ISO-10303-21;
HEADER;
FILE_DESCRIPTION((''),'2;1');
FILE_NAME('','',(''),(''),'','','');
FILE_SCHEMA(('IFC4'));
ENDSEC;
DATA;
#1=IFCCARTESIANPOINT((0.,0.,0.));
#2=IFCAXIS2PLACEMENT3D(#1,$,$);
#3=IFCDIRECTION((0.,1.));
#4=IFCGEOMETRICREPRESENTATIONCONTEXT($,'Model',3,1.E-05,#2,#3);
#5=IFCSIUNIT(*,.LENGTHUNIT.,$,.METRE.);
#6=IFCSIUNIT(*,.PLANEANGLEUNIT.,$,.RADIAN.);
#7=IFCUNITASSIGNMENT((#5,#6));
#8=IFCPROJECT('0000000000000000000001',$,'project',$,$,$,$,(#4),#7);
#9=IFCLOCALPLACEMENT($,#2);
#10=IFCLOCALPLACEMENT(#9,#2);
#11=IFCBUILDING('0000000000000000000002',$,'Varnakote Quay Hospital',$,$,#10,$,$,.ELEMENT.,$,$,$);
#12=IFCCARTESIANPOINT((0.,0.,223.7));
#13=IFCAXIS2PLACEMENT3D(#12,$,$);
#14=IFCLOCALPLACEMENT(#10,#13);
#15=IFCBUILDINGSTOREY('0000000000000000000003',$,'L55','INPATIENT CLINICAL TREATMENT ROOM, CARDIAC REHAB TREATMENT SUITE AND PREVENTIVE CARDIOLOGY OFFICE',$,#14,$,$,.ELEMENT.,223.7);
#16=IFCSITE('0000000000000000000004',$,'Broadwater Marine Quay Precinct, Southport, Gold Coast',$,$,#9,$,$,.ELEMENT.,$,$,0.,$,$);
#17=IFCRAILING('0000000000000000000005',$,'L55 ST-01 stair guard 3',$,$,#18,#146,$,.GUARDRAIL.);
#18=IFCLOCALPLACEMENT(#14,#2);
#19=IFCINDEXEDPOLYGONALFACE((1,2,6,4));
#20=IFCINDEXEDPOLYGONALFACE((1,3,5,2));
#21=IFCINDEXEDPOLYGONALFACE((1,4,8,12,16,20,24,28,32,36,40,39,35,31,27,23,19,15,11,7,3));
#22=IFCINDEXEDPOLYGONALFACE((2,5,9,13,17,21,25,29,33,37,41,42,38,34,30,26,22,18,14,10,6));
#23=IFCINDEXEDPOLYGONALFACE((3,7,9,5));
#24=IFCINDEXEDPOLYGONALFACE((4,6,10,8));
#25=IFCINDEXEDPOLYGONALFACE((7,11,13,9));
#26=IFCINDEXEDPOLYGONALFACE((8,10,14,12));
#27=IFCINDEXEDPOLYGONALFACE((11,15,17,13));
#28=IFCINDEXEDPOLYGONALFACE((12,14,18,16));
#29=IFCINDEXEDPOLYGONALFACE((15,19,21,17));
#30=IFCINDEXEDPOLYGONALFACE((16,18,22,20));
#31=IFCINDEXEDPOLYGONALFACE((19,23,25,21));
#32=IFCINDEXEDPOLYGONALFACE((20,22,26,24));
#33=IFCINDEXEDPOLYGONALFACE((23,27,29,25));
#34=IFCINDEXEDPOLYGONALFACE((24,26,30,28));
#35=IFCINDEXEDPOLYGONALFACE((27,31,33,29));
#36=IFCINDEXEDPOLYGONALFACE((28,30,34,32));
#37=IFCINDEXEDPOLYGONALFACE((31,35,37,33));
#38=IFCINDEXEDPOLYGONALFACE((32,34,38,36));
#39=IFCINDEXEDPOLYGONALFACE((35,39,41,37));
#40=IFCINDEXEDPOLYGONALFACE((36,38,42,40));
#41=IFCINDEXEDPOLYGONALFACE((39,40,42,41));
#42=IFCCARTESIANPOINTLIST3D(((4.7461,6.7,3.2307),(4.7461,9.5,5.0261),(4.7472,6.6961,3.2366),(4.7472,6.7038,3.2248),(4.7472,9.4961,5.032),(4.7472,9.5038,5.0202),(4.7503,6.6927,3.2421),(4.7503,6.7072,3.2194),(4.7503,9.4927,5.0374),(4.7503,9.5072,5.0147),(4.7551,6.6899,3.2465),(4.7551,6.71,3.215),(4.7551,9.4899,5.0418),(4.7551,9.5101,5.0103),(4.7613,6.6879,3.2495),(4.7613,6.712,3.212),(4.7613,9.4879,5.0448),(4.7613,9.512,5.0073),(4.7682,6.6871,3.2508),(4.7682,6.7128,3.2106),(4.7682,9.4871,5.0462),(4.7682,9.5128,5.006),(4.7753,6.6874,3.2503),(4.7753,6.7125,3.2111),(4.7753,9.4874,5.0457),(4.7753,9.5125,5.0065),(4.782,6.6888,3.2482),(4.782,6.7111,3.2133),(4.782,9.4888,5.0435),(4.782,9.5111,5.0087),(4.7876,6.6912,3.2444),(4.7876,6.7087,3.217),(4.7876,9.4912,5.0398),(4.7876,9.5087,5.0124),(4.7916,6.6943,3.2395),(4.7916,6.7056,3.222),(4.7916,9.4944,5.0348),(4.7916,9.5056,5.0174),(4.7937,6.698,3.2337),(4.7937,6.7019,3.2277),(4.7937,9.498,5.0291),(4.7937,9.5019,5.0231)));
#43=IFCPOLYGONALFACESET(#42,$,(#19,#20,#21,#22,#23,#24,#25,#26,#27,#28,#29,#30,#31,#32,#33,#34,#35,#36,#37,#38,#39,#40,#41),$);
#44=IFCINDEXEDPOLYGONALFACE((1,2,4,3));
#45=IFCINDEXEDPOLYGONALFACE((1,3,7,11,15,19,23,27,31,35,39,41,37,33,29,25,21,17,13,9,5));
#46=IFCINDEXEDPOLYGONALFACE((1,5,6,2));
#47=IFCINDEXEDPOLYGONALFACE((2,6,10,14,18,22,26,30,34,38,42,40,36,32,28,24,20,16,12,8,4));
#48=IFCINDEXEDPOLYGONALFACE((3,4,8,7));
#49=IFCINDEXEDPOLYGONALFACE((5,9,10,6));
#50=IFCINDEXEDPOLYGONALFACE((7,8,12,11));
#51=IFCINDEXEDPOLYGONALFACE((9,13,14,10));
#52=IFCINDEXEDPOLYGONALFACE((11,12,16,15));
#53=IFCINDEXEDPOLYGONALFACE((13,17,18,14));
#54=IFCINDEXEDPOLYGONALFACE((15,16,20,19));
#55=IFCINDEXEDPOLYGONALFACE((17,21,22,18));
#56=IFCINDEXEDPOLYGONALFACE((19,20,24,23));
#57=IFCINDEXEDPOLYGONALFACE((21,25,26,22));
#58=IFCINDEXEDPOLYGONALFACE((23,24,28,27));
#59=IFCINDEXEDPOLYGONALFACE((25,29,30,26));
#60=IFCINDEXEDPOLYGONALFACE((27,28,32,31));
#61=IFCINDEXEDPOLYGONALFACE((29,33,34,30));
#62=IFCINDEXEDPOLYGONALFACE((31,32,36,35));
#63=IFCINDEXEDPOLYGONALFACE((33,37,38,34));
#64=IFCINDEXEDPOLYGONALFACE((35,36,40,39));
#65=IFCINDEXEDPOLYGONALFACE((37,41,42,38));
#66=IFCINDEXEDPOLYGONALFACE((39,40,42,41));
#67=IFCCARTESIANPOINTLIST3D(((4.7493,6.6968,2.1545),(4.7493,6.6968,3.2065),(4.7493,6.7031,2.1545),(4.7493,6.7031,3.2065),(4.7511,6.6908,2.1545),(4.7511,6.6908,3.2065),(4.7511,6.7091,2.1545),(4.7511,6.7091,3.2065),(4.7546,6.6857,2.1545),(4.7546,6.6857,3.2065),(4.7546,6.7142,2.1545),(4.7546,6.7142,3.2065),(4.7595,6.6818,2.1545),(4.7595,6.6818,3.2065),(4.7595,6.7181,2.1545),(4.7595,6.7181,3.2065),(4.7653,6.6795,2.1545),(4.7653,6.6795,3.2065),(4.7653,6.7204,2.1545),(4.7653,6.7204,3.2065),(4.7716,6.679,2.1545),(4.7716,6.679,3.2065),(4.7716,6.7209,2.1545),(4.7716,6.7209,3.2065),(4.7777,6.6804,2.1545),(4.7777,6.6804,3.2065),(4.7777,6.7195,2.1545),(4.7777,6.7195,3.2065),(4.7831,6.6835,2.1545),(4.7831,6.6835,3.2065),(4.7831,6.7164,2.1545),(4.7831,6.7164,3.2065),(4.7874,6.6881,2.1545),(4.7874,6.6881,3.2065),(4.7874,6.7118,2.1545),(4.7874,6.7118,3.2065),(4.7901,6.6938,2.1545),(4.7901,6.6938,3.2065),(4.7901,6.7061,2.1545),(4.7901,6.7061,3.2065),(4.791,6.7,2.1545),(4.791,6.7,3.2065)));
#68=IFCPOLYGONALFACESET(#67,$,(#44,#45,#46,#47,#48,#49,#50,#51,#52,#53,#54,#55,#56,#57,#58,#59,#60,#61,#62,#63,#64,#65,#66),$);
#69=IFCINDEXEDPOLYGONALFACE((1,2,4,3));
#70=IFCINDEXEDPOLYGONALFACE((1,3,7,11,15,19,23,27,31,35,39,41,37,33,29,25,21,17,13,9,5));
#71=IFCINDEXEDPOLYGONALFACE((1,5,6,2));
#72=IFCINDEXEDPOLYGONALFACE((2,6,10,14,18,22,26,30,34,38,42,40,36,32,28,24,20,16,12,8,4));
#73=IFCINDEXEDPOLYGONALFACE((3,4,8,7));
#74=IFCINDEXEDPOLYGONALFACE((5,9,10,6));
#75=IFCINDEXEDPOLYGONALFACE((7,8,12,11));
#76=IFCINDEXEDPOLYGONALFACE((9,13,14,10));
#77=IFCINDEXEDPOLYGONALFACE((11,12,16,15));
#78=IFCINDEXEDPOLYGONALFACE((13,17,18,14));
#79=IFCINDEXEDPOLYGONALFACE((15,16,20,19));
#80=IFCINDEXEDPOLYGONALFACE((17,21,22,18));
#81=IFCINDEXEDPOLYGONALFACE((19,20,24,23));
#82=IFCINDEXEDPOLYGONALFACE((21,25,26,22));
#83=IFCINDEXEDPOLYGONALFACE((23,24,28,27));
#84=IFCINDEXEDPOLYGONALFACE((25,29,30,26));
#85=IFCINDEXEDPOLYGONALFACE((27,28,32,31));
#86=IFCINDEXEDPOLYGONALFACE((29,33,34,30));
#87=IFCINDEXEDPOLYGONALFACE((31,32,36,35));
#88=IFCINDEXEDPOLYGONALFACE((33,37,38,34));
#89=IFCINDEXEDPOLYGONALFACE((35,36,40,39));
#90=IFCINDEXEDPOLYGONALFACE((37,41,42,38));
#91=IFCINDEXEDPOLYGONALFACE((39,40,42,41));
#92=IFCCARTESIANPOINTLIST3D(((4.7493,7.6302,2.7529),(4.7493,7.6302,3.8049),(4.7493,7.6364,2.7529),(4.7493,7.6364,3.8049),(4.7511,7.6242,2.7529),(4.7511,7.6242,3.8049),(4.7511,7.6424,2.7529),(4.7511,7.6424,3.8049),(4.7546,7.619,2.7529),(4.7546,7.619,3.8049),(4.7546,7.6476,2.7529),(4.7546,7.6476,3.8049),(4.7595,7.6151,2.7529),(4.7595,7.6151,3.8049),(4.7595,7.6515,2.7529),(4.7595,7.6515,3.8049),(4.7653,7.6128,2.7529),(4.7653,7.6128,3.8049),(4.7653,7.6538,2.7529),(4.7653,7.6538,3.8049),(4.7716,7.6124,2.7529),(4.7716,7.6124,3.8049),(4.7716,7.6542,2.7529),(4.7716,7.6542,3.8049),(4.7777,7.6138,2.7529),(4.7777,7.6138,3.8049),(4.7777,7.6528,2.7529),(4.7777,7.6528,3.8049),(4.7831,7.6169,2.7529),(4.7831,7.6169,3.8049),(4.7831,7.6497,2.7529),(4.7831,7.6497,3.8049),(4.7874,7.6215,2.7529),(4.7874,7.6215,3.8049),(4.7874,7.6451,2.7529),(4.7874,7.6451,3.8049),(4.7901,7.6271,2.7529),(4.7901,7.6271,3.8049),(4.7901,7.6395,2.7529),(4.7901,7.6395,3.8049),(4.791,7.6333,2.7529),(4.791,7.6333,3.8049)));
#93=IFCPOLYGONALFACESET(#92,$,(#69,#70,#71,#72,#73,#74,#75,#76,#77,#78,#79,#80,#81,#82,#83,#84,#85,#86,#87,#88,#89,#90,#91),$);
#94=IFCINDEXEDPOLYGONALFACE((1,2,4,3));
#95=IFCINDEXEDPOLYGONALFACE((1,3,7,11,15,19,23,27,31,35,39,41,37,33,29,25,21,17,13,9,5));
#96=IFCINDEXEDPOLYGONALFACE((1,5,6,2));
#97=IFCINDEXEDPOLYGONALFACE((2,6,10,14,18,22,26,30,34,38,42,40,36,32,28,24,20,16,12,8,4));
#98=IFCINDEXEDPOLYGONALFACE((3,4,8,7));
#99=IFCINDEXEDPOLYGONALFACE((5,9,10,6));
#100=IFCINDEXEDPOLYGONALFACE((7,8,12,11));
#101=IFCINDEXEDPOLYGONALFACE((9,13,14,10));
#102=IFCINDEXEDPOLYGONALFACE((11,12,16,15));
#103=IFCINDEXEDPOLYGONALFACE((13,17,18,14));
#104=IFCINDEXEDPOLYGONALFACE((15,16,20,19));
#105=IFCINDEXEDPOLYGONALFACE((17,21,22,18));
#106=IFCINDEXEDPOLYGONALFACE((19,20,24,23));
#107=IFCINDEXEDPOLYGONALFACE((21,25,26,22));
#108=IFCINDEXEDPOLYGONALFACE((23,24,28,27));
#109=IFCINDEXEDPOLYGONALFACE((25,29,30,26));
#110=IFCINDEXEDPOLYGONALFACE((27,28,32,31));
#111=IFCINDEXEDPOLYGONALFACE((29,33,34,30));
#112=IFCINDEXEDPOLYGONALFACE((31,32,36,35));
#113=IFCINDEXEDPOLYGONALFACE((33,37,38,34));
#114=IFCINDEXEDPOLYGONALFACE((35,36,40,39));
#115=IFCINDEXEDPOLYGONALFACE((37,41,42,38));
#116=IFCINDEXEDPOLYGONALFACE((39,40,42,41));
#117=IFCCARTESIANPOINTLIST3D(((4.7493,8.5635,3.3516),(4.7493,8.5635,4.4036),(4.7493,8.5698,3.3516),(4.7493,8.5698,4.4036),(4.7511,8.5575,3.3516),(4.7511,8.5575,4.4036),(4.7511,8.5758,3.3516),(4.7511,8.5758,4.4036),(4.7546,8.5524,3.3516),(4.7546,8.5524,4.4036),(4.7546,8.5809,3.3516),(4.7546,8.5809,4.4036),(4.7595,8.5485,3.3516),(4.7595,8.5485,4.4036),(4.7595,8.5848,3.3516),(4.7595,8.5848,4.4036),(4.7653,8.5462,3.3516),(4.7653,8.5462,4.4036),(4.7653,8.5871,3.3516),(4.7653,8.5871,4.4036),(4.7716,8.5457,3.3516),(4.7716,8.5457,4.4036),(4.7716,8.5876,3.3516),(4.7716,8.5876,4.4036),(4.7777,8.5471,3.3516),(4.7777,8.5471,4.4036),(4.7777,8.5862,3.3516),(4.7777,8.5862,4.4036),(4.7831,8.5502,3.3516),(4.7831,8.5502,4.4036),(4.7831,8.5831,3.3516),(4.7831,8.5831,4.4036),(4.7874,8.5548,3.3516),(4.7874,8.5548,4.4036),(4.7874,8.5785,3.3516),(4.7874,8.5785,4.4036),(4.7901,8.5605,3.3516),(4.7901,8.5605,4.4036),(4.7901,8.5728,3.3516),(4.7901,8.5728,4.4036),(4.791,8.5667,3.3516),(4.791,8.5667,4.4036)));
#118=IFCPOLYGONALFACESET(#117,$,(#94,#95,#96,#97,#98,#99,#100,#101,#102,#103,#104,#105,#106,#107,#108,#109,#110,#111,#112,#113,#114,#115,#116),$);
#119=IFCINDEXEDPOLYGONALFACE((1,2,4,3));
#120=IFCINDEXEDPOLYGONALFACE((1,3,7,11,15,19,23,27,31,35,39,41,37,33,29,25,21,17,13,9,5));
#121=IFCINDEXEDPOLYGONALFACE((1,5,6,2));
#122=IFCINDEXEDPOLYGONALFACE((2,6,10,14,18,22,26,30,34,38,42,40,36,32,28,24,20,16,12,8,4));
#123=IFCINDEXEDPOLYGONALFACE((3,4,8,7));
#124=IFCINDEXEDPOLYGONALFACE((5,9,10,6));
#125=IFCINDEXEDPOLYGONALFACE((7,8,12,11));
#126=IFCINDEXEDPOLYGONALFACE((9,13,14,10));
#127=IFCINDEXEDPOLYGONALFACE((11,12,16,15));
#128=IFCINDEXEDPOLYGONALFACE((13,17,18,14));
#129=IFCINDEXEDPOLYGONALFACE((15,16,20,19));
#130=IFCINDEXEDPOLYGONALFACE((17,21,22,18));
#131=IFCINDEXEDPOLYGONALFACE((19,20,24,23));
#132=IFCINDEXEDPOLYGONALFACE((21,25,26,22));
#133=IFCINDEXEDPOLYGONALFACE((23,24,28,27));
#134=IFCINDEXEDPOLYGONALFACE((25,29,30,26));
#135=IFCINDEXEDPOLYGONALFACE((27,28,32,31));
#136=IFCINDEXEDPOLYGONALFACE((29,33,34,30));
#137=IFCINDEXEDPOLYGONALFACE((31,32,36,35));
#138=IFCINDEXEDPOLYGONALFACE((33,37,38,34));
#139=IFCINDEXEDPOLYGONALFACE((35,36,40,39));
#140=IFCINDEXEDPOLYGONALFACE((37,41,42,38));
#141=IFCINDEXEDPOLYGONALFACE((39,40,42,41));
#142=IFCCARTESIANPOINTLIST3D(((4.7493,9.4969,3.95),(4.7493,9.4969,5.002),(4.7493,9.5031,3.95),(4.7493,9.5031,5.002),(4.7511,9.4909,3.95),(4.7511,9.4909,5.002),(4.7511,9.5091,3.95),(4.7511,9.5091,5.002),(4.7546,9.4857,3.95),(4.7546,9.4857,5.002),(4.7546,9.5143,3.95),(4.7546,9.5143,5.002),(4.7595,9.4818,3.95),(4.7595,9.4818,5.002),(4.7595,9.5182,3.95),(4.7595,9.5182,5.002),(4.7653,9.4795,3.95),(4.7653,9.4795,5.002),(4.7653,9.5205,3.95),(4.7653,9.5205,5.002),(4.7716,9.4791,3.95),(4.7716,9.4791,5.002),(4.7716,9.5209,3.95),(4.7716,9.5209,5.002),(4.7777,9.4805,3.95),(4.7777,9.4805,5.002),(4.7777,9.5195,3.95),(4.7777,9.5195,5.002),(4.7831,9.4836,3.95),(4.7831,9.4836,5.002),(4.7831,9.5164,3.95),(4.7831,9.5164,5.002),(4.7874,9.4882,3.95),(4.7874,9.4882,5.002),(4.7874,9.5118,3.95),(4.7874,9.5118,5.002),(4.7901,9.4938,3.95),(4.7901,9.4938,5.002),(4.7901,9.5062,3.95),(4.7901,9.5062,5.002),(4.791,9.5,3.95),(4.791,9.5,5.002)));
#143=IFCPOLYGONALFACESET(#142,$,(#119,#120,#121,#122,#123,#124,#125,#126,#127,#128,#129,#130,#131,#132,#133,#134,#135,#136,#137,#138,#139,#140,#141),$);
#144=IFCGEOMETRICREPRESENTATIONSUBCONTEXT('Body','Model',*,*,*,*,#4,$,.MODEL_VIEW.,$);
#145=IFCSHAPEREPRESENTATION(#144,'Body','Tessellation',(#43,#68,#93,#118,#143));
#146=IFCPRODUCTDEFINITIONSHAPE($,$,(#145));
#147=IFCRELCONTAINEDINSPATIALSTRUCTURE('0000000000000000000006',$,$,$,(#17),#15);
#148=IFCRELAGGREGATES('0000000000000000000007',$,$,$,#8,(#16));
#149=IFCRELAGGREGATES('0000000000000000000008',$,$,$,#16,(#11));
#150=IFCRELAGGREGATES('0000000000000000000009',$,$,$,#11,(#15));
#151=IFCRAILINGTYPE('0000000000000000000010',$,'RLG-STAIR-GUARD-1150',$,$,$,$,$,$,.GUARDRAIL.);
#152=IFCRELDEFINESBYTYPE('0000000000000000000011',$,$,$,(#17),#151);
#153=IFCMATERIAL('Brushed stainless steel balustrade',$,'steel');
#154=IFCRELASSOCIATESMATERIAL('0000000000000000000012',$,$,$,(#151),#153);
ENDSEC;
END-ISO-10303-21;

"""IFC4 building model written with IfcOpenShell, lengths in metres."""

from ifc_helpers import new_model, si_unit, direction, frame, origin, origin_2d, place, context, subcontext, project, spatial, circle, extrude, material, type_object, element, save


model = new_model("IFC4")

# Units and contexts
model_context = context("Model", 3, precision=1e-05, world=origin(), true_north=direction((0.0, 1.0)))
body_context = subcontext(model_context, "Body", "Model", "MODEL_VIEW")
ifc_project = project(units=[si_unit("LENGTHUNIT", "METRE"), si_unit("PLANEANGLEUNIT", "RADIAN")], contexts=[model_context])

# Site, building, storey
site_placement = place(None, origin())
site = spatial("IfcSite", under=ifc_project, at=site_placement, Name="Broadwater Marine Quay Precinct, Southport, Gold Coast", CompositionType="ELEMENT", RefElevation=0.0)
building_placement = place(site_placement, origin())
building = spatial("IfcBuilding", under=site, at=building_placement, Name="Varnakote Quay Hospital", CompositionType="ELEMENT")
storey_placement = place(building_placement, frame((0.0, 0.0, 223.7)))
storey = spatial("IfcBuildingStorey", under=building, at=storey_placement, Name="L55", Description="INPATIENT CLINICAL TREATMENT ROOM, CARDIAC REHAB TREATMENT SUITE AND PREVENTIVE CARDIOLOGY OFFICE", CompositionType="ELEMENT", Elevation=223.7)

# Railing
ifc_material_1 = material(Name="Brushed stainless steel balustrade", Category="steel")
railing_type_1 = type_object("IfcRailingType", Name="RLG-STAIR-GUARD-1150", PredefinedType="GUARDRAIL", material=ifc_material_1)
railing_1_placement = place(storey_placement, frame((4.77, 6.7, 2.1545)))
element("IfcRailing", 1, at=railing_1_placement, inside=storey, type_object=railing_type_1, Name="L55 ST-01 stair guard 3", PredefinedType="GUARDRAIL", context=body_context, shape_type="SweptSolid", body=[
    extrude(circle(Radius=0.0239, at=origin_2d()), frame((0.0, 0.0, 1.0762), z_axis=(0.0, 0.84181, 0.539774), x_axis=(-1.0, 0.0, 0.0)), (0.0, 0.0, 1.0), 3.3262),
    extrude(circle(Radius=0.021, at=origin_2d()), origin(), (0.0, 0.0, 1.0), 1.052),
    extrude(circle(Radius=0.021, at=origin_2d()), frame((0.0, 0.9333, 0.5984)), (0.0, 0.0, 1.0), 1.052),
    extrude(circle(Radius=0.021, at=origin_2d()), frame((0.0, 1.8667, 1.197)), (0.0, 0.0, 1.0), 1.052),
    extrude(circle(Radius=0.021, at=origin_2d()), frame((0.0, 2.8, 1.7954)), (0.0, 0.0, 1.0), 1.052),
])

save(model, "model.ifc")
